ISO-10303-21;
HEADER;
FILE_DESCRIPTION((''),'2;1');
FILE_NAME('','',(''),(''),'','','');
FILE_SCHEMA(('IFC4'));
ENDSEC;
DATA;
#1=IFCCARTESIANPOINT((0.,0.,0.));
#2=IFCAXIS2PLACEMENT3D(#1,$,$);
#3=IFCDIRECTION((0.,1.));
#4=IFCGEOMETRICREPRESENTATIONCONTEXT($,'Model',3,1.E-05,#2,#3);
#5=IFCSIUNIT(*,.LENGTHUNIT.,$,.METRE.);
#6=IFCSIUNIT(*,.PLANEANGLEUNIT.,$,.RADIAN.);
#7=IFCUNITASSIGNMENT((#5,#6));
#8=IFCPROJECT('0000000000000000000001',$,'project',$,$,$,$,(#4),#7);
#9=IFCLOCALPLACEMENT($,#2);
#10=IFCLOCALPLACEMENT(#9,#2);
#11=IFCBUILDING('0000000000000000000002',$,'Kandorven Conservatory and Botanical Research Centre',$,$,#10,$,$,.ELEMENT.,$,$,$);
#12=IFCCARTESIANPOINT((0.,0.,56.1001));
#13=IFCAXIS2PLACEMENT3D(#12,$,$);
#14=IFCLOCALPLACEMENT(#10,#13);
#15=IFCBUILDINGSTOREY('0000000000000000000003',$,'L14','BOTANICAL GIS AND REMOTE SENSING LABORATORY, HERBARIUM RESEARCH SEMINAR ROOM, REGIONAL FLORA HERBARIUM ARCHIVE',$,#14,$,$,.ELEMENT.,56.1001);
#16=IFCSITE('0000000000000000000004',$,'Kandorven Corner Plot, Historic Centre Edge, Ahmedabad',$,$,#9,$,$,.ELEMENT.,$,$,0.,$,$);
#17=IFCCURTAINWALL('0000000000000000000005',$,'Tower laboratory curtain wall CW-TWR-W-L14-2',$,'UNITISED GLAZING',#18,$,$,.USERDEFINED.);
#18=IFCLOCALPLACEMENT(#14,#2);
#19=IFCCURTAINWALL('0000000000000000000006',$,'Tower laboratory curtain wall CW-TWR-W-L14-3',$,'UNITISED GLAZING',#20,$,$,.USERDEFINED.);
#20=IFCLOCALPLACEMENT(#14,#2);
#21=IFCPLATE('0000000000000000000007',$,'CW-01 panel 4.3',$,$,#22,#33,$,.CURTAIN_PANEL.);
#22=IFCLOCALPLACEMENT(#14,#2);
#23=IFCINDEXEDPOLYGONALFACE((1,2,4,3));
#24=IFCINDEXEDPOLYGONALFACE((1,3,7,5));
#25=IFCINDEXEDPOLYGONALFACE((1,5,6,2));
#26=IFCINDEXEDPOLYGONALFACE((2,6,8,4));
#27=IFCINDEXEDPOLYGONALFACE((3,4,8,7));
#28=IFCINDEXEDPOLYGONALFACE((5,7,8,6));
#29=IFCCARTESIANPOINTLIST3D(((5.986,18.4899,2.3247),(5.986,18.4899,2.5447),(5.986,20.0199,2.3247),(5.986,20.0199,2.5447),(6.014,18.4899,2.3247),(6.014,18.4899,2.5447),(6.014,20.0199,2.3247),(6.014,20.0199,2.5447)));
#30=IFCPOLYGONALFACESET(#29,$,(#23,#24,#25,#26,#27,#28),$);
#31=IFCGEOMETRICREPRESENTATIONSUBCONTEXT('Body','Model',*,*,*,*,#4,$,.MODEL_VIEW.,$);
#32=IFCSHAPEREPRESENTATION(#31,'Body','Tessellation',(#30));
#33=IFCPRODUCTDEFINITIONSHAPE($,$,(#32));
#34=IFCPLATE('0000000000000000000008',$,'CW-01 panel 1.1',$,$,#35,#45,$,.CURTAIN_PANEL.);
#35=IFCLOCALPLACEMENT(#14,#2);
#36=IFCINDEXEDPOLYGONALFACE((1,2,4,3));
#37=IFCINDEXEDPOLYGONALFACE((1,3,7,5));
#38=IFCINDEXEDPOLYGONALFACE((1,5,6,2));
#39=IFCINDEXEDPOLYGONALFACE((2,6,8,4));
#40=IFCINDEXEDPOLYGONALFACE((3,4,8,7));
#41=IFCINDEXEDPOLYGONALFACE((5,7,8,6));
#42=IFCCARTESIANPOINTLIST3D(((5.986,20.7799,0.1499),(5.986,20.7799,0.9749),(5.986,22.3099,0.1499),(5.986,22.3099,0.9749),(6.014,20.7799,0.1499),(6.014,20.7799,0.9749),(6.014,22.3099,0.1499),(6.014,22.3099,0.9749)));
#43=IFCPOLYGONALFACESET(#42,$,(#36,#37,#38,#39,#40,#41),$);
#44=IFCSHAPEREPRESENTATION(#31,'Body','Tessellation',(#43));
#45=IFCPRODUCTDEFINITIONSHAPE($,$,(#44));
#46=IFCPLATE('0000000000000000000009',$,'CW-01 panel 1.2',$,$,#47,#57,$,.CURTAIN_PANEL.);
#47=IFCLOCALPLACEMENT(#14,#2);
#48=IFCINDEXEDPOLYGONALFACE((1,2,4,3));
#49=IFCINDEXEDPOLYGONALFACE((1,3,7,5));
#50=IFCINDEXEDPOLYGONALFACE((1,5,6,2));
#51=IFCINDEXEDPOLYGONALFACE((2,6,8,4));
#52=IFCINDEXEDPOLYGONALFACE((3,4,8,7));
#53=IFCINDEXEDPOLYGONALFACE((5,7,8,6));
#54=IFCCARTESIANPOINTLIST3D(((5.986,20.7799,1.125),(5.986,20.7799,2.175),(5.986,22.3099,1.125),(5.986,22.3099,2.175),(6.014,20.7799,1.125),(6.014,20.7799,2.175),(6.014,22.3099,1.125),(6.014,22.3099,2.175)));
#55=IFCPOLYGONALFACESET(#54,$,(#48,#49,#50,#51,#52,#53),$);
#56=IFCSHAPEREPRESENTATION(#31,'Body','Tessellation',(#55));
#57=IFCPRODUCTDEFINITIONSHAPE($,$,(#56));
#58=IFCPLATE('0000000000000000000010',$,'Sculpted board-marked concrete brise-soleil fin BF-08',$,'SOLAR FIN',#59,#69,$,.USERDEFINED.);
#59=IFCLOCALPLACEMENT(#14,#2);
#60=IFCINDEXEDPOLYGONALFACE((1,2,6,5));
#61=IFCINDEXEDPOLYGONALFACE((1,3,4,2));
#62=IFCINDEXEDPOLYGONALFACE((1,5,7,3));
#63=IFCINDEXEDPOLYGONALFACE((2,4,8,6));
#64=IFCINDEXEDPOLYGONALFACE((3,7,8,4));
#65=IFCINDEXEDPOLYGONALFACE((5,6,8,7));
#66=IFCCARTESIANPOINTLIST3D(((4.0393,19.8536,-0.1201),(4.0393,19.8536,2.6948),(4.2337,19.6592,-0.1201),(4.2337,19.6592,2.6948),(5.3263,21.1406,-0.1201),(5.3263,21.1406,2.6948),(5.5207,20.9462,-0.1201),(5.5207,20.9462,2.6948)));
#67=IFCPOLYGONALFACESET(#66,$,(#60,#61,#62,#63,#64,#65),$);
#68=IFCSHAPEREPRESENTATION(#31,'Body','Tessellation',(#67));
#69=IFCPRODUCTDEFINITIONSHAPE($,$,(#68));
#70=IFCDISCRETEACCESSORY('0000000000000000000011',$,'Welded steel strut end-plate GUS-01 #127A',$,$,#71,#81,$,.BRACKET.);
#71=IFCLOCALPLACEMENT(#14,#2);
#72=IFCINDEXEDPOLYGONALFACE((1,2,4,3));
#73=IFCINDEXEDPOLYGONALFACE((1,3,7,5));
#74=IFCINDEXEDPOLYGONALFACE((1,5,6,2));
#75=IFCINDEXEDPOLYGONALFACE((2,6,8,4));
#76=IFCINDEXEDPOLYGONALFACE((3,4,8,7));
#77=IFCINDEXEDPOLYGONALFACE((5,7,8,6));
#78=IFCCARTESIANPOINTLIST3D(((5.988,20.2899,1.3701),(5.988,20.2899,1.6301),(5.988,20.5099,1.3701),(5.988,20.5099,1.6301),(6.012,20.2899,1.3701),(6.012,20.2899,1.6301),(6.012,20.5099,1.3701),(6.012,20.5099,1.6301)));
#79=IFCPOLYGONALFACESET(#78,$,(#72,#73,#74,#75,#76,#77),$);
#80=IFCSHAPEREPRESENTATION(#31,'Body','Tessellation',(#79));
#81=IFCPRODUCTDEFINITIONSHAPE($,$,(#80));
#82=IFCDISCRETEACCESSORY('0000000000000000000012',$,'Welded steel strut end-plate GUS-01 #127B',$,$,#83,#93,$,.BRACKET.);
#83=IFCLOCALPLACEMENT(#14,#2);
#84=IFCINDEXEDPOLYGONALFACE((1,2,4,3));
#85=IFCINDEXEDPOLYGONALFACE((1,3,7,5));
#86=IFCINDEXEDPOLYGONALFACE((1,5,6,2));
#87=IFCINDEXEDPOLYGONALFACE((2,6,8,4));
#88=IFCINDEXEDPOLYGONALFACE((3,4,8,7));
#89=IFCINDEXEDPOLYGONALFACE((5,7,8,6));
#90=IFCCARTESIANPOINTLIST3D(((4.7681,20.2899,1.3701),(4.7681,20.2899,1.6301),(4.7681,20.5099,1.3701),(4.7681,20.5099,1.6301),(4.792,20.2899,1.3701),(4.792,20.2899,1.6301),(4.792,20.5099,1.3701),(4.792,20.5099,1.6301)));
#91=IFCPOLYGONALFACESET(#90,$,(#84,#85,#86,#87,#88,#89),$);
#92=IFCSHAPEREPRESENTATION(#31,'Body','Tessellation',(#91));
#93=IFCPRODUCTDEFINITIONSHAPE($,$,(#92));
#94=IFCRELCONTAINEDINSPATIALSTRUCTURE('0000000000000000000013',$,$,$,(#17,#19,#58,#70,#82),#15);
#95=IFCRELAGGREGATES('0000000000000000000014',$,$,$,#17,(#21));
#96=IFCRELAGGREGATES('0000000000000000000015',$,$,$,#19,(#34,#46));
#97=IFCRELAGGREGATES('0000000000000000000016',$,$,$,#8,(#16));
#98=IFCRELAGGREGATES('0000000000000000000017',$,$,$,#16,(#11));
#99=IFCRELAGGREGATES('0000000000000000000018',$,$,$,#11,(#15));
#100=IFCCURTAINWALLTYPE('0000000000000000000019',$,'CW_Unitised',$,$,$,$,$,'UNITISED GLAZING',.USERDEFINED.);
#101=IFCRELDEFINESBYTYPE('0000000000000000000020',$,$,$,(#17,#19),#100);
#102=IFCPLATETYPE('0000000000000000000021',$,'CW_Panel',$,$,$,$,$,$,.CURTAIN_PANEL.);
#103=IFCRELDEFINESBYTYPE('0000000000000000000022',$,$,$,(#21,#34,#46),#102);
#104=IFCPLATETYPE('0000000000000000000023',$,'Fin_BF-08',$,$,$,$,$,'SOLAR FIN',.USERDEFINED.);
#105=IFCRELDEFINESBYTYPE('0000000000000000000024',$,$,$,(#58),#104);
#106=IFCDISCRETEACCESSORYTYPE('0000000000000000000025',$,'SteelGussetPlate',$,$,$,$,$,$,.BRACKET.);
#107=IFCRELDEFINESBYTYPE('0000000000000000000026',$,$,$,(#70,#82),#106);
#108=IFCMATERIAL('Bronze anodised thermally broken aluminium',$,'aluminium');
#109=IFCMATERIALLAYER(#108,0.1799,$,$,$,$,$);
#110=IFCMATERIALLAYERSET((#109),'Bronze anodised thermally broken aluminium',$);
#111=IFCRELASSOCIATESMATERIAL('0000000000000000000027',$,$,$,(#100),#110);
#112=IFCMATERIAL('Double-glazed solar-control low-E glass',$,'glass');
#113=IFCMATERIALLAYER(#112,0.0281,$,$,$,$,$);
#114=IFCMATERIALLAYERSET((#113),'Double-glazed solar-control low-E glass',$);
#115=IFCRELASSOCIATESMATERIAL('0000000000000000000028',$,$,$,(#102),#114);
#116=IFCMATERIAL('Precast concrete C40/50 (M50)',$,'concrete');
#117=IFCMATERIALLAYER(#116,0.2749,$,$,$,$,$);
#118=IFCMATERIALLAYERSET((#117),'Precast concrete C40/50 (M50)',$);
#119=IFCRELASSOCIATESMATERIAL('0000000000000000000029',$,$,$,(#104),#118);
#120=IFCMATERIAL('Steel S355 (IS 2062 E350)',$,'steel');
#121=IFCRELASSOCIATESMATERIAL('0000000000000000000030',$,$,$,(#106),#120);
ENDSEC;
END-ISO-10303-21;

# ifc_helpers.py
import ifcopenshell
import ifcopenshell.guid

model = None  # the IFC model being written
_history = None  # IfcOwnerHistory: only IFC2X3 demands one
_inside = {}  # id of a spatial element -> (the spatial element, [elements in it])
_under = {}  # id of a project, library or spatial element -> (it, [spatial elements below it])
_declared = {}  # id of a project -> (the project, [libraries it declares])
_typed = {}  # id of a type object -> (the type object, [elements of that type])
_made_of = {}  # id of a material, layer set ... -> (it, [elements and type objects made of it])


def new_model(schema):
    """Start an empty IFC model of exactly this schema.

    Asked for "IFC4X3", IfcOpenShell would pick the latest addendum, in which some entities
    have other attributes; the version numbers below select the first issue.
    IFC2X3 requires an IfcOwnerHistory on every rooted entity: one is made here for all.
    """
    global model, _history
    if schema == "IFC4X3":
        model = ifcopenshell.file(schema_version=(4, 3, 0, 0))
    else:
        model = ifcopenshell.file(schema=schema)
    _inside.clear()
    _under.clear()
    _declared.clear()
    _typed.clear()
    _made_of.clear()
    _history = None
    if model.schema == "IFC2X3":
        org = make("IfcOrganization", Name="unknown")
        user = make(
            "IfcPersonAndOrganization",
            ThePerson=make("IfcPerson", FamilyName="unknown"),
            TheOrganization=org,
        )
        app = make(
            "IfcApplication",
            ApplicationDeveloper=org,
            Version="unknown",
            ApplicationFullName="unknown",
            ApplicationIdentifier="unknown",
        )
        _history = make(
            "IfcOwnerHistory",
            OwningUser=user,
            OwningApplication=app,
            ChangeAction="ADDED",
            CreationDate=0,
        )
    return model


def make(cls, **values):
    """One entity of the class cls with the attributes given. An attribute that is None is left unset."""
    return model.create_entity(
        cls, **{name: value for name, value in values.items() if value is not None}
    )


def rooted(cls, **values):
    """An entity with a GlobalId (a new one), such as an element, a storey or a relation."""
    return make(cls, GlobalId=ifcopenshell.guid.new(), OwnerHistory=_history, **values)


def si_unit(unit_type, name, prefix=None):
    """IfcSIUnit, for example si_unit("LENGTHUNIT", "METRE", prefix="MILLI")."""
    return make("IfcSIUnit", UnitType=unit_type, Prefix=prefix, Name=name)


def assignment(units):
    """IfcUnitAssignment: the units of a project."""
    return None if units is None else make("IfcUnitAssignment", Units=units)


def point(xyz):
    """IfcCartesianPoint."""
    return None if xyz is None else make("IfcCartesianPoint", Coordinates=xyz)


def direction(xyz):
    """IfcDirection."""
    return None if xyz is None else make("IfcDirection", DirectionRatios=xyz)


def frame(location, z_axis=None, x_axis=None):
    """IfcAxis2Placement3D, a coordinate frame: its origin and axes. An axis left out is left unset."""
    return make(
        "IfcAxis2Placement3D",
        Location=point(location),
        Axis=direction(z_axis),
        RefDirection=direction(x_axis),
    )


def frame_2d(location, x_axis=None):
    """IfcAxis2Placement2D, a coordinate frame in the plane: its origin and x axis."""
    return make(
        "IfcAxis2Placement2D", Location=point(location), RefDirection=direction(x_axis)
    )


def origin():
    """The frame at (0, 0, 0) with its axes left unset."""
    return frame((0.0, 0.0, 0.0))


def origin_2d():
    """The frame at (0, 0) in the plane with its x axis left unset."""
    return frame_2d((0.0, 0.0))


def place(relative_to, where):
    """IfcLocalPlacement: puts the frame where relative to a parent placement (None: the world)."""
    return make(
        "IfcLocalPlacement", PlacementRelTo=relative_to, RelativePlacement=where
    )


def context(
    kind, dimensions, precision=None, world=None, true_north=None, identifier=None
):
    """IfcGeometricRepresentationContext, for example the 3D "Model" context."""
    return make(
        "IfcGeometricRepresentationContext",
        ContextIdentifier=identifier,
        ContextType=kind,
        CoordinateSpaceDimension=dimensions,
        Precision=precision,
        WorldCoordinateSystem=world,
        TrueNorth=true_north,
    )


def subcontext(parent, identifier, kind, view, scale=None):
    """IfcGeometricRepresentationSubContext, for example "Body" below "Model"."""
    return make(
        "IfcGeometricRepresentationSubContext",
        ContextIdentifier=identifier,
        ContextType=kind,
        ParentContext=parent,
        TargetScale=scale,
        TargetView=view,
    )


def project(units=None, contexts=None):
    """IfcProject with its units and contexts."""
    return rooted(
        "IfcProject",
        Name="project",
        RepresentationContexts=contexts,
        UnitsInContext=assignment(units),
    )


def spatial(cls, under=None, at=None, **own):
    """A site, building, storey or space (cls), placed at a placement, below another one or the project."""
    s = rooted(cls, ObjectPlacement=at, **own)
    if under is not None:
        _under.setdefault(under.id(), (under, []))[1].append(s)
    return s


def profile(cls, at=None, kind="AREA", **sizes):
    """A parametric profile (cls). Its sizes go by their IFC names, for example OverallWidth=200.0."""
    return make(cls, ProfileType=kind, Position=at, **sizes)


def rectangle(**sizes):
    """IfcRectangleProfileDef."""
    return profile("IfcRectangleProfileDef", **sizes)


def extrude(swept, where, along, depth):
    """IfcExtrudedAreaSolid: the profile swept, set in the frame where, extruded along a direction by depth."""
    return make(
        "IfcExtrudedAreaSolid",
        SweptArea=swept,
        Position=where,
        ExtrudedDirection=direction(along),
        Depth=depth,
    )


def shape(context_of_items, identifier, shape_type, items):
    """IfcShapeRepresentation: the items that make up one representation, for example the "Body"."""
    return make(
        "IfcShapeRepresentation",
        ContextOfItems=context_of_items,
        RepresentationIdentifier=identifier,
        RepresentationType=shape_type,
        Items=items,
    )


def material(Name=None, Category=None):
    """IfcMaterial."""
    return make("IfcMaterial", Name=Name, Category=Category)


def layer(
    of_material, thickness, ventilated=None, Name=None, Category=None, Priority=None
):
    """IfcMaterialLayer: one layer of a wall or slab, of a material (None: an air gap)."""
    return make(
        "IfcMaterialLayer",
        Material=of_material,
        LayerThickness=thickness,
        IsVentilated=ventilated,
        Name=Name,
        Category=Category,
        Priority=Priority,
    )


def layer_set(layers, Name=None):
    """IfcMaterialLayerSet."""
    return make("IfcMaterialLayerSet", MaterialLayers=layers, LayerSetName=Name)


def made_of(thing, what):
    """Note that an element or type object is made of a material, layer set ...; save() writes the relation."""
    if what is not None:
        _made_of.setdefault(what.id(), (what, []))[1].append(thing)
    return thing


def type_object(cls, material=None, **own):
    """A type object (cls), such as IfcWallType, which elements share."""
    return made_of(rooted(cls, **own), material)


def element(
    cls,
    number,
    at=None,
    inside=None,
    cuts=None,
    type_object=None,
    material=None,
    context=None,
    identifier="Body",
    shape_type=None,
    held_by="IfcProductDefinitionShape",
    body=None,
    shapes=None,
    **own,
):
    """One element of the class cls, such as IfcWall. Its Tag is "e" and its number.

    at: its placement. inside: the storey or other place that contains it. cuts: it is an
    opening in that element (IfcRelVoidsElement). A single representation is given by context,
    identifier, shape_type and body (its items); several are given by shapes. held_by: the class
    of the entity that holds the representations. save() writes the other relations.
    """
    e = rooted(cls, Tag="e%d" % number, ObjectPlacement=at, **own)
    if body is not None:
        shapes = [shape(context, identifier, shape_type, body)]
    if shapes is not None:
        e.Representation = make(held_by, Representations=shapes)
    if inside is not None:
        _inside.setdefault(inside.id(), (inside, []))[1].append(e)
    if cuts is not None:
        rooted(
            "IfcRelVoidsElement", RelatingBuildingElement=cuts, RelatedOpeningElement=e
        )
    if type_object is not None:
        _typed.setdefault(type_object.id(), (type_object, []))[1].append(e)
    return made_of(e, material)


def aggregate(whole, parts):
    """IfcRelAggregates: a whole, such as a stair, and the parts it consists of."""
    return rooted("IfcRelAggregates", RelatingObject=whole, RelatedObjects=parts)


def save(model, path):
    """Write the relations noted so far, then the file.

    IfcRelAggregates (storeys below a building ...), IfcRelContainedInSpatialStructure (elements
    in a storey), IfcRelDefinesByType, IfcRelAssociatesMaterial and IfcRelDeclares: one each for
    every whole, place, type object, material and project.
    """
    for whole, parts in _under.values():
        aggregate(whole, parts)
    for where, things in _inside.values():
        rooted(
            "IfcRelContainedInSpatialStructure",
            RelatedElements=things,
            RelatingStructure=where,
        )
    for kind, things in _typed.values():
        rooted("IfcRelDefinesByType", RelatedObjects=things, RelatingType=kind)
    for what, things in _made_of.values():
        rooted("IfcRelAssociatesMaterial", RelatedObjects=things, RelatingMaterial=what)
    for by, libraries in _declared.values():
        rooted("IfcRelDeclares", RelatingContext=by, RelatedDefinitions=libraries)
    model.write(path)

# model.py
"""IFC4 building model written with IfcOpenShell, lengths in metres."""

from ifc_helpers import new_model, si_unit, direction, frame, origin, origin_2d, place, context, subcontext, project, spatial, rectangle, extrude, material, layer, layer_set, type_object, element, aggregate, save


model = new_model("IFC4")

# Units and contexts
model_context = context("Model", 3, precision=1e-05, world=origin(), true_north=direction((0.0, 1.0)))
body_context = subcontext(model_context, "Body", "Model", "MODEL_VIEW")
ifc_project = project(units=[si_unit("LENGTHUNIT", "METRE"), si_unit("PLANEANGLEUNIT", "RADIAN")], contexts=[model_context])

# Site, building, storey
site_placement = place(None, origin())
site = spatial("IfcSite", under=ifc_project, at=site_placement, Name="Kandorven Corner Plot, Historic Centre Edge, Ahmedabad", CompositionType="ELEMENT", RefElevation=0.0)
building_placement = place(site_placement, origin())
building = spatial("IfcBuilding", under=site, at=building_placement, Name="Kandorven Conservatory and Botanical Research Centre", CompositionType="ELEMENT")
storey_placement = place(building_placement, frame((0.0, 0.0, 56.1001)))
storey = spatial("IfcBuildingStorey", under=building, at=storey_placement, Name="L14", Description="BOTANICAL GIS AND REMOTE SENSING LABORATORY, HERBARIUM RESEARCH SEMINAR ROOM, REGIONAL FLORA HERBARIUM ARCHIVE", CompositionType="ELEMENT", Elevation=56.1001)

# Curtain wall
ifc_material_1 = material(Name="Bronze anodised thermally broken aluminium", Category="aluminium")
ifc_layer_1 = layer(ifc_material_1, 0.1799)
ifc_layer_set_1 = layer_set([ifc_layer_1], Name="Bronze anodised thermally broken aluminium")
curtain_wall_type = type_object("IfcCurtainWallType", Name="CW_Unitised", ElementType="UNITISED GLAZING", PredefinedType="USERDEFINED", material=ifc_layer_set_1)
curtain_wall_1_placement = place(storey_placement, origin())
curtain_wall_1 = element("IfcCurtainWall", 1, at=curtain_wall_1_placement, inside=storey, type_object=curtain_wall_type, Name="Tower laboratory curtain wall CW-TWR-W-L14-2", ObjectType="UNITISED GLAZING", PredefinedType="USERDEFINED")

# Curtain wall
curtain_wall_2_placement = place(storey_placement, origin())
curtain_wall_2 = element("IfcCurtainWall", 2, at=curtain_wall_2_placement, inside=storey, type_object=curtain_wall_type, Name="Tower laboratory curtain wall CW-TWR-W-L14-3", ObjectType="UNITISED GLAZING", PredefinedType="USERDEFINED")

# Plates
ifc_material_2 = material(Name="Double-glazed solar-control low-E glass", Category="glass")
ifc_layer_2 = layer(ifc_material_2, 0.0281)
ifc_layer_set_2 = layer_set([ifc_layer_2], Name="Double-glazed solar-control low-E glass")
plate_type_1 = type_object("IfcPlateType", Name="CW_Panel", PredefinedType="CURTAIN_PANEL", material=ifc_layer_set_2)
plate_1_placement = place(storey_placement, frame((6.0, 19.2549, 2.3247), z_axis=(0.0, 0.0, 1.0), x_axis=(0.0, 1.0, 0.0)))
plate_1 = element("IfcPlate", 3, at=plate_1_placement, type_object=plate_type_1, Name="CW-01 panel 4.3", PredefinedType="CURTAIN_PANEL", context=body_context, shape_type="SweptSolid", body=[
    extrude(rectangle(XDim=1.53, YDim=0.0281, at=origin_2d()), origin(), (0.0, 0.0, 1.0), 0.22),
])
aggregate(curtain_wall_1, [plate_1])
plate_2_placement = place(storey_placement, frame((6.0, 21.5449, 0.1499), z_axis=(0.0, 0.0, 1.0), x_axis=(0.0, 1.0, 0.0)))
plate_2 = element("IfcPlate", 4, at=plate_2_placement, type_object=plate_type_1, Name="CW-01 panel 1.1", PredefinedType="CURTAIN_PANEL", context=body_context, shape_type="SweptSolid", body=[
    extrude(rectangle(XDim=1.53, YDim=0.0281, at=origin_2d()), origin(), (0.0, 0.0, 1.0), 0.825),
])
plate_3_placement = place(storey_placement, frame((6.0, 21.5449, 1.125), z_axis=(0.0, 0.0, 1.0), x_axis=(0.0, 1.0, 0.0)))
plate_3 = element("IfcPlate", 5, at=plate_3_placement, type_object=plate_type_1, Name="CW-01 panel 1.2", PredefinedType="CURTAIN_PANEL", context=body_context, shape_type="SweptSolid", body=[
    extrude(rectangle(XDim=1.53, YDim=0.0281, at=origin_2d()), origin(), (0.0, 0.0, 1.0), 1.05),
])
aggregate(curtain_wall_2, [plate_2, plate_3])
ifc_material_3 = material(Name="Precast concrete C40/50 (M50)", Category="concrete")
ifc_layer_3 = layer(ifc_material_3, 0.2749)
ifc_layer_set_3 = layer_set([ifc_layer_3], Name="Precast concrete C40/50 (M50)")
plate_type_2 = type_object("IfcPlateType", Name="Fin_BF-08", ElementType="SOLAR FIN", PredefinedType="USERDEFINED", material=ifc_layer_set_3)
plate_4_placement = place(storey_placement, frame((4.78, 20.3999, -0.1201), z_axis=(0.0, 0.0, 1.0), x_axis=(0.707107, 0.707107, 0.0)))
element("IfcPlate", 6, at=plate_4_placement, inside=storey, type_object=plate_type_2, Name="Sculpted board-marked concrete brise-soleil fin BF-08", ObjectType="SOLAR FIN", PredefinedType="USERDEFINED", context=body_context, shape_type="SweptSolid", body=[
    extrude(rectangle(XDim=1.8201, YDim=0.2749, at=origin_2d()), origin(), (0.0, 0.0, 1.0), 2.8149),
])

# Discrete accessories
ifc_material_4 = material(Name="Steel S355 (IS 2062 E350)", Category="steel")
discrete_accessory_type = type_object("IfcDiscreteAccessoryType", Name="SteelGussetPlate", PredefinedType="BRACKET", material=ifc_material_4)
for number, where, z_axis, x_axis, name in (
    (7, (6.0, 20.3999, 1.3701), (0.0, 0.0, 1.0), (1.0, 0.0, 0.0), "Welded steel strut end-plate GUS-01 #127A"),
    (8, (4.78, 20.3999, 1.3701), (0.0, 0.0, 1.0), (1.0, 0.0, 0.0), "Welded steel strut end-plate GUS-01 #127B"),
):
    element("IfcDiscreteAccessory", number, at=place(storey_placement, frame(where, z_axis=z_axis, x_axis=x_axis)), inside=storey, type_object=discrete_accessory_type, Name=name, PredefinedType="BRACKET", context=body_context, shape_type="SweptSolid", body=[
        extrude(rectangle(XDim=0.0239, YDim=0.22, at=origin_2d()), origin(), (0.0, 0.0, 1.0), 0.26),
    ])

save(model, "model.ifc")
